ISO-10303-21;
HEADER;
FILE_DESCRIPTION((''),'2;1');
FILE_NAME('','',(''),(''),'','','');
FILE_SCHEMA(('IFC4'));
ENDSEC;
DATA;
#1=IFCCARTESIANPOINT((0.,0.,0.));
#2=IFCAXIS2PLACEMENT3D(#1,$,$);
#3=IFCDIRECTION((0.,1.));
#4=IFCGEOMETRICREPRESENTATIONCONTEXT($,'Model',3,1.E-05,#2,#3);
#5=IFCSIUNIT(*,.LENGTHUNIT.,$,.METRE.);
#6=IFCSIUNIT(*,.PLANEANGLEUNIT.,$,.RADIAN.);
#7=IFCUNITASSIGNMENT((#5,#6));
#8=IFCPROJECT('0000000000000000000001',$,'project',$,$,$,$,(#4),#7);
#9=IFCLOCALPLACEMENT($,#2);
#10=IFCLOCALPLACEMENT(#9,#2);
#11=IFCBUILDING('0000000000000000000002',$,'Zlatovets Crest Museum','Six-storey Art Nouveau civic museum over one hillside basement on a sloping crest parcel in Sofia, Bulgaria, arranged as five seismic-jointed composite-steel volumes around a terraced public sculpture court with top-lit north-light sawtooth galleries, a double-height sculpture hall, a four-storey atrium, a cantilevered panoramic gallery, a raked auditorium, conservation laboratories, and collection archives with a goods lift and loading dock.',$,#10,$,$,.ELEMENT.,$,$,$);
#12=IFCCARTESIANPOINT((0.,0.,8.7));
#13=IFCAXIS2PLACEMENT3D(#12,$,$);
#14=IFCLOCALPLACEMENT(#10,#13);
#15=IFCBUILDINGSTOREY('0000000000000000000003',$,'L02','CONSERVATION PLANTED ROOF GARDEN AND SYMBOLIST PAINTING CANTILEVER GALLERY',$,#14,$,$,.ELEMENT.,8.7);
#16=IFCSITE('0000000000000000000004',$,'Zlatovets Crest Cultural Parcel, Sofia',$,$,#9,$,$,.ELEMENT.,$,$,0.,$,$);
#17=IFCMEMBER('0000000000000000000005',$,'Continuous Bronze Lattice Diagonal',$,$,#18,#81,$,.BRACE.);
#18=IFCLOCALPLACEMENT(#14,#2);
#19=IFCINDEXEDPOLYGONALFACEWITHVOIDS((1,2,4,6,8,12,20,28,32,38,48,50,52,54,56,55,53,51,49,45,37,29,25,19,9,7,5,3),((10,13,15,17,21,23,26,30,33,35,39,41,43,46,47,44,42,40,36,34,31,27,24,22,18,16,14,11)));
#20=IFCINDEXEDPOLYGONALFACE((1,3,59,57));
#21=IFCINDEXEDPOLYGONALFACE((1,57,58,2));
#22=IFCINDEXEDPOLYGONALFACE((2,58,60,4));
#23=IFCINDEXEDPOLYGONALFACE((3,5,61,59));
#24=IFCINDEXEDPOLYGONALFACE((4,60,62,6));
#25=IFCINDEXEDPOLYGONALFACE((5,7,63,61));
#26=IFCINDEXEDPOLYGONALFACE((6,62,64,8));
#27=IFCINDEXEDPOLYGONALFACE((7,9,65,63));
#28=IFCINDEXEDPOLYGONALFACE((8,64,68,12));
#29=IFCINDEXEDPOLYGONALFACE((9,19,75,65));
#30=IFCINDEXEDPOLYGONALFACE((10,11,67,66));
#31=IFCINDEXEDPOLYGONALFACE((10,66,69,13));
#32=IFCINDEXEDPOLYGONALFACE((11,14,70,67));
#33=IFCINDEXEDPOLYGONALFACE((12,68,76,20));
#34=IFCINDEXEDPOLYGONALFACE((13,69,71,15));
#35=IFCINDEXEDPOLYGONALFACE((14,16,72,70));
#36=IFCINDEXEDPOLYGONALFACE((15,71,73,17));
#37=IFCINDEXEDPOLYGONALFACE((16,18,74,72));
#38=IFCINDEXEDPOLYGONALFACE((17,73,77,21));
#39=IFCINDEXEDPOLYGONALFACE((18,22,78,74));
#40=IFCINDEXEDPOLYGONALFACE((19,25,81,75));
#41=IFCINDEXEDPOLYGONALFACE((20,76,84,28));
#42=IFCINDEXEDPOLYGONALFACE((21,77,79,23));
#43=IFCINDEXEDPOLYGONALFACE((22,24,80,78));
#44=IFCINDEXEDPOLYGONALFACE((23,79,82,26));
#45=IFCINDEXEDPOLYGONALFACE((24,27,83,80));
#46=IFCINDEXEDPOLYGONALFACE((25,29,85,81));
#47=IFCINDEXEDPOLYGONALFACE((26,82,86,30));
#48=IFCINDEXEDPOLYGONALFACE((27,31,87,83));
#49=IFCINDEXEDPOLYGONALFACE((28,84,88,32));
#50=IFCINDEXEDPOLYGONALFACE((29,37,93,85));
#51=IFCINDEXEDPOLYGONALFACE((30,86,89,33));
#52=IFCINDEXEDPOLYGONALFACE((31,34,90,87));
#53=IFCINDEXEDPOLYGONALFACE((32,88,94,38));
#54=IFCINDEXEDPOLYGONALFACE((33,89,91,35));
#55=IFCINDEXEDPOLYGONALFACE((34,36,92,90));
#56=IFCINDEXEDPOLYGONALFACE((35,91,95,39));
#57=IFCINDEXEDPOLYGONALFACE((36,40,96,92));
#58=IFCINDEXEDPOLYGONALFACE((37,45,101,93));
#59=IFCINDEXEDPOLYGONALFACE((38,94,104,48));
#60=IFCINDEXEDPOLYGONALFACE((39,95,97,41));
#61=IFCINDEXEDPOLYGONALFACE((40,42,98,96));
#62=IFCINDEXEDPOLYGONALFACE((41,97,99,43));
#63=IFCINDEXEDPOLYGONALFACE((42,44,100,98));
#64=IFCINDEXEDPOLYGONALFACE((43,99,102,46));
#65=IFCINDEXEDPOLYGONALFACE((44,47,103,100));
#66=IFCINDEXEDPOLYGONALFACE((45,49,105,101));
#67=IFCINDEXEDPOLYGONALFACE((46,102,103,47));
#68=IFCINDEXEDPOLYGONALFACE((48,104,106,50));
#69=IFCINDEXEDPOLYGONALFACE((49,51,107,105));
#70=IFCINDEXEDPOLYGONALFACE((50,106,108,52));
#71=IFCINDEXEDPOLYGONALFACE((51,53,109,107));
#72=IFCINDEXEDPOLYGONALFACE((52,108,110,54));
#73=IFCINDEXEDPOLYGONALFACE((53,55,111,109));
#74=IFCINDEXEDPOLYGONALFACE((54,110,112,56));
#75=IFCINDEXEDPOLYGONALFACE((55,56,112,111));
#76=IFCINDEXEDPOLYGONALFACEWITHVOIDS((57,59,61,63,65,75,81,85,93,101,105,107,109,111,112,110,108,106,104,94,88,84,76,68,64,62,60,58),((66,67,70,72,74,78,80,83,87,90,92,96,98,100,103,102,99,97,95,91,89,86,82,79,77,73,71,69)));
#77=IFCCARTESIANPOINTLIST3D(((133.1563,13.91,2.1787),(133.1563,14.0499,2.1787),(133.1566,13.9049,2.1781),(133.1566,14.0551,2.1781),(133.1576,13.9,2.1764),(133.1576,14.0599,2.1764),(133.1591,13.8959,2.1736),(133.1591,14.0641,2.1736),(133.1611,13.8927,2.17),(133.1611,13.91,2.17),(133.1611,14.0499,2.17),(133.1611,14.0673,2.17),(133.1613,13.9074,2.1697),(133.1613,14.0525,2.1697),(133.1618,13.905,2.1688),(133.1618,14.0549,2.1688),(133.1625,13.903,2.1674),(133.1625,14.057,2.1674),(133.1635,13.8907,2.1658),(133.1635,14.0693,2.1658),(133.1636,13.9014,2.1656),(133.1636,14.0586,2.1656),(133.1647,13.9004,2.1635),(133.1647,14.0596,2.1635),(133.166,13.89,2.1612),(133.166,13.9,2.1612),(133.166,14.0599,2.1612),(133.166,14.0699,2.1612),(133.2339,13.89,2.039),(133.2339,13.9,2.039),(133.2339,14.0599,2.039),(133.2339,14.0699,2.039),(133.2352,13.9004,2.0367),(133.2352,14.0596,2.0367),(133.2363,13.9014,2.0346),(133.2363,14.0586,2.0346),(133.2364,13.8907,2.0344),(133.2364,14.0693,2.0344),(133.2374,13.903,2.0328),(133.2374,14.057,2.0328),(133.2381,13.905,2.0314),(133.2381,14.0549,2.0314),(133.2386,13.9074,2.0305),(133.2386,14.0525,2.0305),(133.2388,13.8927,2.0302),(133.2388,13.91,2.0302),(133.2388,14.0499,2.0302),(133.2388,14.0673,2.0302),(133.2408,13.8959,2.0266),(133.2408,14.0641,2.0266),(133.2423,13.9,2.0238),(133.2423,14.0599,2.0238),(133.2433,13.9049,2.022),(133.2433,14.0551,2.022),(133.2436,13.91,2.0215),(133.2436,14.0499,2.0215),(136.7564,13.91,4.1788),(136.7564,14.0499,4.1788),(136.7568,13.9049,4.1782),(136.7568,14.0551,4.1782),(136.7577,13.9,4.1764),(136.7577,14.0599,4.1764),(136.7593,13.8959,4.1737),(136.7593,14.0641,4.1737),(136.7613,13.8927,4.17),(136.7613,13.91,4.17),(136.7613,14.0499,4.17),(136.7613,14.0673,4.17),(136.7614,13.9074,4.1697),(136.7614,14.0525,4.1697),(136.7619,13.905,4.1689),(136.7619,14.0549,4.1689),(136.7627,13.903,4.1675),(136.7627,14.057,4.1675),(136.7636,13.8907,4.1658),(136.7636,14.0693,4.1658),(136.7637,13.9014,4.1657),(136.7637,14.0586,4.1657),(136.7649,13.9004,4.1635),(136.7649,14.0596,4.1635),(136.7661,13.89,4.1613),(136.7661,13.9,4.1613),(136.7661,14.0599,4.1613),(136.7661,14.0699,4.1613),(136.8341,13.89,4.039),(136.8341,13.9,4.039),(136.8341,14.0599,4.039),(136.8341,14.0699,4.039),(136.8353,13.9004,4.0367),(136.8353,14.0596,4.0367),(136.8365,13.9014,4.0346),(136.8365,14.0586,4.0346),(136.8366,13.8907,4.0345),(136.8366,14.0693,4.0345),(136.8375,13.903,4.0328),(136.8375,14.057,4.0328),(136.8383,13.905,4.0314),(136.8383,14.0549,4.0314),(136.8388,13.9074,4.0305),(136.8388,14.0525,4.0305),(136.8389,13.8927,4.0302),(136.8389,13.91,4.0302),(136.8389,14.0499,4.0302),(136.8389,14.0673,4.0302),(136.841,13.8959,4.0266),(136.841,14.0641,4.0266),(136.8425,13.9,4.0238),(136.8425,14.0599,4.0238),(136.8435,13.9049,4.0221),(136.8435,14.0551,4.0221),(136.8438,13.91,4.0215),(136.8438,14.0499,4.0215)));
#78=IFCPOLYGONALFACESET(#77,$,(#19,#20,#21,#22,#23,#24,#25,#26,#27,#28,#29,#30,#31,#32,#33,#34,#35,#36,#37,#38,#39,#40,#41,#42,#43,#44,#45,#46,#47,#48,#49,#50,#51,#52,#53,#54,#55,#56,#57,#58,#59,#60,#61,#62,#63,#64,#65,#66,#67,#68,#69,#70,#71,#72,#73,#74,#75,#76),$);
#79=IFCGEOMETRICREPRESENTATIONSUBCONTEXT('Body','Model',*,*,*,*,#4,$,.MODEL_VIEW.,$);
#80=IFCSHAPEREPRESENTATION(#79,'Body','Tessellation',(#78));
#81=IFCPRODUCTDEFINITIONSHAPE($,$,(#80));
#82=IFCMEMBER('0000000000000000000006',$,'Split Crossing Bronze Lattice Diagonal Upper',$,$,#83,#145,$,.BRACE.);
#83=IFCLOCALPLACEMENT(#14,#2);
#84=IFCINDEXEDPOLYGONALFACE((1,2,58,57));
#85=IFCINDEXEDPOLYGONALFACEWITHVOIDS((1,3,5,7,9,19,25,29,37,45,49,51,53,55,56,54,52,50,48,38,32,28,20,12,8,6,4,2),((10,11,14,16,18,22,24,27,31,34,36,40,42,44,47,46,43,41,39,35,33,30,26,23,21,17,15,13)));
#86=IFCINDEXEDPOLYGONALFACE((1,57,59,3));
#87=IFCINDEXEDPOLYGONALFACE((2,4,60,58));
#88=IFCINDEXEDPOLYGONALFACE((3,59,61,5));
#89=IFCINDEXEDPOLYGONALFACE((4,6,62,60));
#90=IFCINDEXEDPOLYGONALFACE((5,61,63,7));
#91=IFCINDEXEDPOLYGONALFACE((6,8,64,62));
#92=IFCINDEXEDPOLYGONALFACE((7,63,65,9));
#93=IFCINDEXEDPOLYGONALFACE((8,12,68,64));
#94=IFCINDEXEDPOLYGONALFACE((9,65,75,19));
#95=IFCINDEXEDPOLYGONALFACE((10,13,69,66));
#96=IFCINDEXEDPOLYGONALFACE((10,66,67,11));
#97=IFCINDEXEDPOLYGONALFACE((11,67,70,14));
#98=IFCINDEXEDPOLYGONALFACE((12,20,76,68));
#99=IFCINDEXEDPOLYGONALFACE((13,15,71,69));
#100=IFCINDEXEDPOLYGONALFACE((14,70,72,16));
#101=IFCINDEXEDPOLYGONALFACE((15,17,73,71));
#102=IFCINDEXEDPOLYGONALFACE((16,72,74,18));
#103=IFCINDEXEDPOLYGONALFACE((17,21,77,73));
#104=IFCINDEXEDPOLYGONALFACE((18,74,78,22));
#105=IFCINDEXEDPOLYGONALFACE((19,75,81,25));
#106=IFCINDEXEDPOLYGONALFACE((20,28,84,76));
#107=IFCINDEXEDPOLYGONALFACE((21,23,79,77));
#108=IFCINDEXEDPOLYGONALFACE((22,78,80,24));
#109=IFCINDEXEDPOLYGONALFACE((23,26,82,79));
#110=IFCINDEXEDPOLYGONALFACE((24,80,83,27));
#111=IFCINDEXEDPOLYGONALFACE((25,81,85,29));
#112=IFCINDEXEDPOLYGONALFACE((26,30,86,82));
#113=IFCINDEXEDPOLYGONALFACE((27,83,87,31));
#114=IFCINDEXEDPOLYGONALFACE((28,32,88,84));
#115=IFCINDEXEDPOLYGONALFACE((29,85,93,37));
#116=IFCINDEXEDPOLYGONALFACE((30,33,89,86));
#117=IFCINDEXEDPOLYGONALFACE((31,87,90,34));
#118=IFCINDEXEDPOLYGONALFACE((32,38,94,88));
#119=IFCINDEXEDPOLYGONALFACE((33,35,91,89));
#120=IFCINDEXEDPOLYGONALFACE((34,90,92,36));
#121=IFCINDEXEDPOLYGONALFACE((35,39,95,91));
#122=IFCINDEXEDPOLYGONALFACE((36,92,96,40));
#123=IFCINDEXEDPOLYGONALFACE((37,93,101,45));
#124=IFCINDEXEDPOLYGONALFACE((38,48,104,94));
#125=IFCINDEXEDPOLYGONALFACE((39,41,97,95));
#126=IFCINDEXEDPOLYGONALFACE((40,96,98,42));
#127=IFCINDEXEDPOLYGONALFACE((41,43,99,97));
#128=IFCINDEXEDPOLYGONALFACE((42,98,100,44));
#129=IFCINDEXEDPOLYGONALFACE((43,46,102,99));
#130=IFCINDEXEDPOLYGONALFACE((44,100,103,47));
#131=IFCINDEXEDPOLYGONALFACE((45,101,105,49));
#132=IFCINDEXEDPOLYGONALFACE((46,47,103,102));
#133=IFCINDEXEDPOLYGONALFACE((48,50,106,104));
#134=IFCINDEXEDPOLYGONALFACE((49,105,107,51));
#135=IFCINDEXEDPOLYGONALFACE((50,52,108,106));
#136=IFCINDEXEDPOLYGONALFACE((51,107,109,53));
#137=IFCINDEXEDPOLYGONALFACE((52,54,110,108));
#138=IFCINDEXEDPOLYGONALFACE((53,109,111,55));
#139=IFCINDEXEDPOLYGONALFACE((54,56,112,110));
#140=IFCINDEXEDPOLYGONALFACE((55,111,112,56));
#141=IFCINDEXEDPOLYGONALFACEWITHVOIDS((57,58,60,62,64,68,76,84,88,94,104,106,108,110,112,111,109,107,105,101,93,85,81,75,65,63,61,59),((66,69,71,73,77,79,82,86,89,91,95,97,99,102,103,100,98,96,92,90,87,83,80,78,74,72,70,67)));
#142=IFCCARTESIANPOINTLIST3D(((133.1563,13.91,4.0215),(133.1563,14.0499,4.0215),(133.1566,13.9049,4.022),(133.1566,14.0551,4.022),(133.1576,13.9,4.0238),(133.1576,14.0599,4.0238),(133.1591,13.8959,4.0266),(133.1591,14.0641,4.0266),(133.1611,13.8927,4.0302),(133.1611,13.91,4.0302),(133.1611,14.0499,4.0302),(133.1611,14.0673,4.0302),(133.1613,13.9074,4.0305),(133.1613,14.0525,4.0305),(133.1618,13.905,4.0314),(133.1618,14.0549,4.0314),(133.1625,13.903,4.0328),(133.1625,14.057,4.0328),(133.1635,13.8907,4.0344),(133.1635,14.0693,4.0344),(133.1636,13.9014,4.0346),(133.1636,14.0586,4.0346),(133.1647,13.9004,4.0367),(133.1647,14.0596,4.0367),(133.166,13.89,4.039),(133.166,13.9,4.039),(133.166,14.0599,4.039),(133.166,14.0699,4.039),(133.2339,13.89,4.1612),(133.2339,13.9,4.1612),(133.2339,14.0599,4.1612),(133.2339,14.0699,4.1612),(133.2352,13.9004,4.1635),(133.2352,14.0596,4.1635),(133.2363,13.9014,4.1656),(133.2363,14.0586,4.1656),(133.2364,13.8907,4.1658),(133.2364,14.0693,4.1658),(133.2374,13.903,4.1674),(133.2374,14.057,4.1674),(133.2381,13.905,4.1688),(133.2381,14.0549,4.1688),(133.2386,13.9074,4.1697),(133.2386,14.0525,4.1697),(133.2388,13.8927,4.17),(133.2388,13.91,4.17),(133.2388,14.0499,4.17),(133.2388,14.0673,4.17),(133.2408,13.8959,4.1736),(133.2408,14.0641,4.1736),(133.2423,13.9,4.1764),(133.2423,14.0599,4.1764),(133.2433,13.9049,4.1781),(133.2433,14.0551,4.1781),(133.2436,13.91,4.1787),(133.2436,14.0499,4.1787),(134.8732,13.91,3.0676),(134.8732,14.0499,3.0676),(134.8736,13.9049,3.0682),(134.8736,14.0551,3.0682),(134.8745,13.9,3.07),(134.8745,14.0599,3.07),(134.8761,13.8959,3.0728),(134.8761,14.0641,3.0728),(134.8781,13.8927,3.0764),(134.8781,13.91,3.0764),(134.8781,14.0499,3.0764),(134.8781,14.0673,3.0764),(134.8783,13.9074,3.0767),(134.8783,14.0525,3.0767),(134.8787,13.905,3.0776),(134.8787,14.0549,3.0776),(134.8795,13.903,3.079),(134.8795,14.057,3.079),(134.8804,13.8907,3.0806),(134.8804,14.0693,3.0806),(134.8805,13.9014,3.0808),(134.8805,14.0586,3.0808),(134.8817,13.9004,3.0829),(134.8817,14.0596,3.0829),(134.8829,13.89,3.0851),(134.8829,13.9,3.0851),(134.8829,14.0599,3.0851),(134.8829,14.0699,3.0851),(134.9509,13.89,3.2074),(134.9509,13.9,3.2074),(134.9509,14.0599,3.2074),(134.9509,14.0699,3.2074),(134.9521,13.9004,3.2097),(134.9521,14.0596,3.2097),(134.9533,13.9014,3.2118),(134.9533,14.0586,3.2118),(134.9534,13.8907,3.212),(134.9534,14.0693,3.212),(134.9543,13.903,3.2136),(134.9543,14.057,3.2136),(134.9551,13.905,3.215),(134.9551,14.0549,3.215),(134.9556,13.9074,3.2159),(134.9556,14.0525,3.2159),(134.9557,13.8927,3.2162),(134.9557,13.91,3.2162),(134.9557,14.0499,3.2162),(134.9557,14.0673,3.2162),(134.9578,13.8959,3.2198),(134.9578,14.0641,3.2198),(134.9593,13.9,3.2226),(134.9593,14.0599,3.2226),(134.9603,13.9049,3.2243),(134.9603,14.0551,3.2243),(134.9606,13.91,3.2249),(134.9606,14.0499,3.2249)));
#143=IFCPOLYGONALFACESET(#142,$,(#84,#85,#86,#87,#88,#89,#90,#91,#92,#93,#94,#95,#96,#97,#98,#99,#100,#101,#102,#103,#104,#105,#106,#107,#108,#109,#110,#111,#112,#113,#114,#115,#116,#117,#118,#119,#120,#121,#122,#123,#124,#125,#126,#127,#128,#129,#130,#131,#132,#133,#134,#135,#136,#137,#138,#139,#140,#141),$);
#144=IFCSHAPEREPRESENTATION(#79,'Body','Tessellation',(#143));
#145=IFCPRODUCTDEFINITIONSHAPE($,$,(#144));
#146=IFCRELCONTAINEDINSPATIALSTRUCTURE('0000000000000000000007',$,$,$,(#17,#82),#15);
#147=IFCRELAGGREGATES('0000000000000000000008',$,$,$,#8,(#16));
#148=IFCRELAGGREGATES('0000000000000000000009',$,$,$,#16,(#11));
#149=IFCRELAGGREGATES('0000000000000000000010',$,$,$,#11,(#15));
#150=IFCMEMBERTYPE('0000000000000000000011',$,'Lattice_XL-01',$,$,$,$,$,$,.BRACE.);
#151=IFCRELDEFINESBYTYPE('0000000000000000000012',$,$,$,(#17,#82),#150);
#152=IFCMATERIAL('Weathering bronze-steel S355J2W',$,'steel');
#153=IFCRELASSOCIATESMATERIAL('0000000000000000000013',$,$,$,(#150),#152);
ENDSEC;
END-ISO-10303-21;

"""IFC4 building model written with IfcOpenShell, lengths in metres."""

from ifc_helpers import new_model, si_unit, direction, frame, origin, origin_2d, place, context, subcontext, project, spatial, hollow_rectangle, extrude, material, material_profile, profile_set, type_object, element, save


model = new_model("IFC4")

# Units and contexts
model_context = context("Model", 3, precision=1e-05, world=origin(), true_north=direction((0.0, 1.0)))
body_context = subcontext(model_context, "Body", "Model", "MODEL_VIEW")
ifc_project = project(units=[si_unit("LENGTHUNIT", "METRE"), si_unit("PLANEANGLEUNIT", "RADIAN")], contexts=[model_context])

# Site, building, storey
site_placement = place(None, origin())
site = spatial("IfcSite", under=ifc_project, at=site_placement, Name="Zlatovets Crest Cultural Parcel, Sofia", CompositionType="ELEMENT", RefElevation=0.0)
building_placement = place(site_placement, origin())
building = spatial("IfcBuilding", under=site, at=building_placement, Name="Zlatovets Crest Museum", Description="Six-storey Art Nouveau civic museum over one hillside basement on a sloping crest parcel in Sofia, Bulgaria, arranged as five seismic-jointed composite-steel volumes around a terraced public sculpture court with top-lit north-light sawtooth galleries, a double-height sculpture hall, a four-storey atrium, a cantilevered panoramic gallery, a raked auditorium, conservation laboratories, and collection archives with a goods lift and loading dock.", CompositionType="ELEMENT")
storey_placement = place(building_placement, frame((0.0, 0.0, 8.7)))
storey = spatial("IfcBuildingStorey", under=building, at=storey_placement, Name="L02", Description="CONSERVATION PLANTED ROOF GARDEN AND SYMBOLIST PAINTING CANTILEVER GALLERY", CompositionType="ELEMENT", Elevation=8.7)

# Members
ifc_material_1 = material(Name="Weathering bronze-steel S355J2W", Category="steel")
ifc_material_profile_1 = material_profile(ifc_material_1, hollow_rectangle(XDim=0.1799, YDim=0.1799, WallThickness=0.01, InnerFilletRadius=0.01, OuterFilletRadius=0.02, at=origin_2d()), Name="SHS 180x180x10.0")
ifc_profile_set_1 = profile_set([ifc_material_profile_1], Name="Weathering bronze-steel S355J2W")
member_type_1 = type_object("IfcMemberType", Name="Lattice_XL-01", PredefinedType="BRACE", material=ifc_profile_set_1)
member_1_placement = place(storey_placement, frame((133.2, 13.98, 2.1001), z_axis=(0.874163, 0.0, 0.485633), x_axis=(0.0, 1.0, 0.0)))
element("IfcMember", 1, at=member_1_placement, inside=storey, type_object=member_type_1, Name="Continuous Bronze Lattice Diagonal", PredefinedType="BRACE", context=body_context, shape_type="SweptSolid", body=[
    extrude(hollow_rectangle(XDim=0.1799, YDim=0.1799, WallThickness=0.01, InnerFilletRadius=0.01, OuterFilletRadius=0.02, at=origin_2d()), origin(), (0.0, 0.0, 1.0), 4.1184),
])
for number, where, z_axis, x_axis, name in (
    (2, (133.2, 13.98, 4.1001), (0.874169, 0.0, -0.485622), (0.0, 1.0, 0.0), "Split Crossing Bronze Lattice Diagonal Upper"),
):
    element("IfcMember", number, at=place(storey_placement, frame(where, z_axis=z_axis, x_axis=x_axis)), inside=storey, type_object=member_type_1, Name=name, PredefinedType="BRACE", context=body_context, shape_type="SweptSolid", body=[
        extrude(hollow_rectangle(XDim=0.1799, YDim=0.1799, WallThickness=0.01, InnerFilletRadius=0.01, OuterFilletRadius=0.02, at=origin_2d()), origin(), (0.0, 0.0, 1.0), 1.9641),
    ])

save(model, "model.ifc")
